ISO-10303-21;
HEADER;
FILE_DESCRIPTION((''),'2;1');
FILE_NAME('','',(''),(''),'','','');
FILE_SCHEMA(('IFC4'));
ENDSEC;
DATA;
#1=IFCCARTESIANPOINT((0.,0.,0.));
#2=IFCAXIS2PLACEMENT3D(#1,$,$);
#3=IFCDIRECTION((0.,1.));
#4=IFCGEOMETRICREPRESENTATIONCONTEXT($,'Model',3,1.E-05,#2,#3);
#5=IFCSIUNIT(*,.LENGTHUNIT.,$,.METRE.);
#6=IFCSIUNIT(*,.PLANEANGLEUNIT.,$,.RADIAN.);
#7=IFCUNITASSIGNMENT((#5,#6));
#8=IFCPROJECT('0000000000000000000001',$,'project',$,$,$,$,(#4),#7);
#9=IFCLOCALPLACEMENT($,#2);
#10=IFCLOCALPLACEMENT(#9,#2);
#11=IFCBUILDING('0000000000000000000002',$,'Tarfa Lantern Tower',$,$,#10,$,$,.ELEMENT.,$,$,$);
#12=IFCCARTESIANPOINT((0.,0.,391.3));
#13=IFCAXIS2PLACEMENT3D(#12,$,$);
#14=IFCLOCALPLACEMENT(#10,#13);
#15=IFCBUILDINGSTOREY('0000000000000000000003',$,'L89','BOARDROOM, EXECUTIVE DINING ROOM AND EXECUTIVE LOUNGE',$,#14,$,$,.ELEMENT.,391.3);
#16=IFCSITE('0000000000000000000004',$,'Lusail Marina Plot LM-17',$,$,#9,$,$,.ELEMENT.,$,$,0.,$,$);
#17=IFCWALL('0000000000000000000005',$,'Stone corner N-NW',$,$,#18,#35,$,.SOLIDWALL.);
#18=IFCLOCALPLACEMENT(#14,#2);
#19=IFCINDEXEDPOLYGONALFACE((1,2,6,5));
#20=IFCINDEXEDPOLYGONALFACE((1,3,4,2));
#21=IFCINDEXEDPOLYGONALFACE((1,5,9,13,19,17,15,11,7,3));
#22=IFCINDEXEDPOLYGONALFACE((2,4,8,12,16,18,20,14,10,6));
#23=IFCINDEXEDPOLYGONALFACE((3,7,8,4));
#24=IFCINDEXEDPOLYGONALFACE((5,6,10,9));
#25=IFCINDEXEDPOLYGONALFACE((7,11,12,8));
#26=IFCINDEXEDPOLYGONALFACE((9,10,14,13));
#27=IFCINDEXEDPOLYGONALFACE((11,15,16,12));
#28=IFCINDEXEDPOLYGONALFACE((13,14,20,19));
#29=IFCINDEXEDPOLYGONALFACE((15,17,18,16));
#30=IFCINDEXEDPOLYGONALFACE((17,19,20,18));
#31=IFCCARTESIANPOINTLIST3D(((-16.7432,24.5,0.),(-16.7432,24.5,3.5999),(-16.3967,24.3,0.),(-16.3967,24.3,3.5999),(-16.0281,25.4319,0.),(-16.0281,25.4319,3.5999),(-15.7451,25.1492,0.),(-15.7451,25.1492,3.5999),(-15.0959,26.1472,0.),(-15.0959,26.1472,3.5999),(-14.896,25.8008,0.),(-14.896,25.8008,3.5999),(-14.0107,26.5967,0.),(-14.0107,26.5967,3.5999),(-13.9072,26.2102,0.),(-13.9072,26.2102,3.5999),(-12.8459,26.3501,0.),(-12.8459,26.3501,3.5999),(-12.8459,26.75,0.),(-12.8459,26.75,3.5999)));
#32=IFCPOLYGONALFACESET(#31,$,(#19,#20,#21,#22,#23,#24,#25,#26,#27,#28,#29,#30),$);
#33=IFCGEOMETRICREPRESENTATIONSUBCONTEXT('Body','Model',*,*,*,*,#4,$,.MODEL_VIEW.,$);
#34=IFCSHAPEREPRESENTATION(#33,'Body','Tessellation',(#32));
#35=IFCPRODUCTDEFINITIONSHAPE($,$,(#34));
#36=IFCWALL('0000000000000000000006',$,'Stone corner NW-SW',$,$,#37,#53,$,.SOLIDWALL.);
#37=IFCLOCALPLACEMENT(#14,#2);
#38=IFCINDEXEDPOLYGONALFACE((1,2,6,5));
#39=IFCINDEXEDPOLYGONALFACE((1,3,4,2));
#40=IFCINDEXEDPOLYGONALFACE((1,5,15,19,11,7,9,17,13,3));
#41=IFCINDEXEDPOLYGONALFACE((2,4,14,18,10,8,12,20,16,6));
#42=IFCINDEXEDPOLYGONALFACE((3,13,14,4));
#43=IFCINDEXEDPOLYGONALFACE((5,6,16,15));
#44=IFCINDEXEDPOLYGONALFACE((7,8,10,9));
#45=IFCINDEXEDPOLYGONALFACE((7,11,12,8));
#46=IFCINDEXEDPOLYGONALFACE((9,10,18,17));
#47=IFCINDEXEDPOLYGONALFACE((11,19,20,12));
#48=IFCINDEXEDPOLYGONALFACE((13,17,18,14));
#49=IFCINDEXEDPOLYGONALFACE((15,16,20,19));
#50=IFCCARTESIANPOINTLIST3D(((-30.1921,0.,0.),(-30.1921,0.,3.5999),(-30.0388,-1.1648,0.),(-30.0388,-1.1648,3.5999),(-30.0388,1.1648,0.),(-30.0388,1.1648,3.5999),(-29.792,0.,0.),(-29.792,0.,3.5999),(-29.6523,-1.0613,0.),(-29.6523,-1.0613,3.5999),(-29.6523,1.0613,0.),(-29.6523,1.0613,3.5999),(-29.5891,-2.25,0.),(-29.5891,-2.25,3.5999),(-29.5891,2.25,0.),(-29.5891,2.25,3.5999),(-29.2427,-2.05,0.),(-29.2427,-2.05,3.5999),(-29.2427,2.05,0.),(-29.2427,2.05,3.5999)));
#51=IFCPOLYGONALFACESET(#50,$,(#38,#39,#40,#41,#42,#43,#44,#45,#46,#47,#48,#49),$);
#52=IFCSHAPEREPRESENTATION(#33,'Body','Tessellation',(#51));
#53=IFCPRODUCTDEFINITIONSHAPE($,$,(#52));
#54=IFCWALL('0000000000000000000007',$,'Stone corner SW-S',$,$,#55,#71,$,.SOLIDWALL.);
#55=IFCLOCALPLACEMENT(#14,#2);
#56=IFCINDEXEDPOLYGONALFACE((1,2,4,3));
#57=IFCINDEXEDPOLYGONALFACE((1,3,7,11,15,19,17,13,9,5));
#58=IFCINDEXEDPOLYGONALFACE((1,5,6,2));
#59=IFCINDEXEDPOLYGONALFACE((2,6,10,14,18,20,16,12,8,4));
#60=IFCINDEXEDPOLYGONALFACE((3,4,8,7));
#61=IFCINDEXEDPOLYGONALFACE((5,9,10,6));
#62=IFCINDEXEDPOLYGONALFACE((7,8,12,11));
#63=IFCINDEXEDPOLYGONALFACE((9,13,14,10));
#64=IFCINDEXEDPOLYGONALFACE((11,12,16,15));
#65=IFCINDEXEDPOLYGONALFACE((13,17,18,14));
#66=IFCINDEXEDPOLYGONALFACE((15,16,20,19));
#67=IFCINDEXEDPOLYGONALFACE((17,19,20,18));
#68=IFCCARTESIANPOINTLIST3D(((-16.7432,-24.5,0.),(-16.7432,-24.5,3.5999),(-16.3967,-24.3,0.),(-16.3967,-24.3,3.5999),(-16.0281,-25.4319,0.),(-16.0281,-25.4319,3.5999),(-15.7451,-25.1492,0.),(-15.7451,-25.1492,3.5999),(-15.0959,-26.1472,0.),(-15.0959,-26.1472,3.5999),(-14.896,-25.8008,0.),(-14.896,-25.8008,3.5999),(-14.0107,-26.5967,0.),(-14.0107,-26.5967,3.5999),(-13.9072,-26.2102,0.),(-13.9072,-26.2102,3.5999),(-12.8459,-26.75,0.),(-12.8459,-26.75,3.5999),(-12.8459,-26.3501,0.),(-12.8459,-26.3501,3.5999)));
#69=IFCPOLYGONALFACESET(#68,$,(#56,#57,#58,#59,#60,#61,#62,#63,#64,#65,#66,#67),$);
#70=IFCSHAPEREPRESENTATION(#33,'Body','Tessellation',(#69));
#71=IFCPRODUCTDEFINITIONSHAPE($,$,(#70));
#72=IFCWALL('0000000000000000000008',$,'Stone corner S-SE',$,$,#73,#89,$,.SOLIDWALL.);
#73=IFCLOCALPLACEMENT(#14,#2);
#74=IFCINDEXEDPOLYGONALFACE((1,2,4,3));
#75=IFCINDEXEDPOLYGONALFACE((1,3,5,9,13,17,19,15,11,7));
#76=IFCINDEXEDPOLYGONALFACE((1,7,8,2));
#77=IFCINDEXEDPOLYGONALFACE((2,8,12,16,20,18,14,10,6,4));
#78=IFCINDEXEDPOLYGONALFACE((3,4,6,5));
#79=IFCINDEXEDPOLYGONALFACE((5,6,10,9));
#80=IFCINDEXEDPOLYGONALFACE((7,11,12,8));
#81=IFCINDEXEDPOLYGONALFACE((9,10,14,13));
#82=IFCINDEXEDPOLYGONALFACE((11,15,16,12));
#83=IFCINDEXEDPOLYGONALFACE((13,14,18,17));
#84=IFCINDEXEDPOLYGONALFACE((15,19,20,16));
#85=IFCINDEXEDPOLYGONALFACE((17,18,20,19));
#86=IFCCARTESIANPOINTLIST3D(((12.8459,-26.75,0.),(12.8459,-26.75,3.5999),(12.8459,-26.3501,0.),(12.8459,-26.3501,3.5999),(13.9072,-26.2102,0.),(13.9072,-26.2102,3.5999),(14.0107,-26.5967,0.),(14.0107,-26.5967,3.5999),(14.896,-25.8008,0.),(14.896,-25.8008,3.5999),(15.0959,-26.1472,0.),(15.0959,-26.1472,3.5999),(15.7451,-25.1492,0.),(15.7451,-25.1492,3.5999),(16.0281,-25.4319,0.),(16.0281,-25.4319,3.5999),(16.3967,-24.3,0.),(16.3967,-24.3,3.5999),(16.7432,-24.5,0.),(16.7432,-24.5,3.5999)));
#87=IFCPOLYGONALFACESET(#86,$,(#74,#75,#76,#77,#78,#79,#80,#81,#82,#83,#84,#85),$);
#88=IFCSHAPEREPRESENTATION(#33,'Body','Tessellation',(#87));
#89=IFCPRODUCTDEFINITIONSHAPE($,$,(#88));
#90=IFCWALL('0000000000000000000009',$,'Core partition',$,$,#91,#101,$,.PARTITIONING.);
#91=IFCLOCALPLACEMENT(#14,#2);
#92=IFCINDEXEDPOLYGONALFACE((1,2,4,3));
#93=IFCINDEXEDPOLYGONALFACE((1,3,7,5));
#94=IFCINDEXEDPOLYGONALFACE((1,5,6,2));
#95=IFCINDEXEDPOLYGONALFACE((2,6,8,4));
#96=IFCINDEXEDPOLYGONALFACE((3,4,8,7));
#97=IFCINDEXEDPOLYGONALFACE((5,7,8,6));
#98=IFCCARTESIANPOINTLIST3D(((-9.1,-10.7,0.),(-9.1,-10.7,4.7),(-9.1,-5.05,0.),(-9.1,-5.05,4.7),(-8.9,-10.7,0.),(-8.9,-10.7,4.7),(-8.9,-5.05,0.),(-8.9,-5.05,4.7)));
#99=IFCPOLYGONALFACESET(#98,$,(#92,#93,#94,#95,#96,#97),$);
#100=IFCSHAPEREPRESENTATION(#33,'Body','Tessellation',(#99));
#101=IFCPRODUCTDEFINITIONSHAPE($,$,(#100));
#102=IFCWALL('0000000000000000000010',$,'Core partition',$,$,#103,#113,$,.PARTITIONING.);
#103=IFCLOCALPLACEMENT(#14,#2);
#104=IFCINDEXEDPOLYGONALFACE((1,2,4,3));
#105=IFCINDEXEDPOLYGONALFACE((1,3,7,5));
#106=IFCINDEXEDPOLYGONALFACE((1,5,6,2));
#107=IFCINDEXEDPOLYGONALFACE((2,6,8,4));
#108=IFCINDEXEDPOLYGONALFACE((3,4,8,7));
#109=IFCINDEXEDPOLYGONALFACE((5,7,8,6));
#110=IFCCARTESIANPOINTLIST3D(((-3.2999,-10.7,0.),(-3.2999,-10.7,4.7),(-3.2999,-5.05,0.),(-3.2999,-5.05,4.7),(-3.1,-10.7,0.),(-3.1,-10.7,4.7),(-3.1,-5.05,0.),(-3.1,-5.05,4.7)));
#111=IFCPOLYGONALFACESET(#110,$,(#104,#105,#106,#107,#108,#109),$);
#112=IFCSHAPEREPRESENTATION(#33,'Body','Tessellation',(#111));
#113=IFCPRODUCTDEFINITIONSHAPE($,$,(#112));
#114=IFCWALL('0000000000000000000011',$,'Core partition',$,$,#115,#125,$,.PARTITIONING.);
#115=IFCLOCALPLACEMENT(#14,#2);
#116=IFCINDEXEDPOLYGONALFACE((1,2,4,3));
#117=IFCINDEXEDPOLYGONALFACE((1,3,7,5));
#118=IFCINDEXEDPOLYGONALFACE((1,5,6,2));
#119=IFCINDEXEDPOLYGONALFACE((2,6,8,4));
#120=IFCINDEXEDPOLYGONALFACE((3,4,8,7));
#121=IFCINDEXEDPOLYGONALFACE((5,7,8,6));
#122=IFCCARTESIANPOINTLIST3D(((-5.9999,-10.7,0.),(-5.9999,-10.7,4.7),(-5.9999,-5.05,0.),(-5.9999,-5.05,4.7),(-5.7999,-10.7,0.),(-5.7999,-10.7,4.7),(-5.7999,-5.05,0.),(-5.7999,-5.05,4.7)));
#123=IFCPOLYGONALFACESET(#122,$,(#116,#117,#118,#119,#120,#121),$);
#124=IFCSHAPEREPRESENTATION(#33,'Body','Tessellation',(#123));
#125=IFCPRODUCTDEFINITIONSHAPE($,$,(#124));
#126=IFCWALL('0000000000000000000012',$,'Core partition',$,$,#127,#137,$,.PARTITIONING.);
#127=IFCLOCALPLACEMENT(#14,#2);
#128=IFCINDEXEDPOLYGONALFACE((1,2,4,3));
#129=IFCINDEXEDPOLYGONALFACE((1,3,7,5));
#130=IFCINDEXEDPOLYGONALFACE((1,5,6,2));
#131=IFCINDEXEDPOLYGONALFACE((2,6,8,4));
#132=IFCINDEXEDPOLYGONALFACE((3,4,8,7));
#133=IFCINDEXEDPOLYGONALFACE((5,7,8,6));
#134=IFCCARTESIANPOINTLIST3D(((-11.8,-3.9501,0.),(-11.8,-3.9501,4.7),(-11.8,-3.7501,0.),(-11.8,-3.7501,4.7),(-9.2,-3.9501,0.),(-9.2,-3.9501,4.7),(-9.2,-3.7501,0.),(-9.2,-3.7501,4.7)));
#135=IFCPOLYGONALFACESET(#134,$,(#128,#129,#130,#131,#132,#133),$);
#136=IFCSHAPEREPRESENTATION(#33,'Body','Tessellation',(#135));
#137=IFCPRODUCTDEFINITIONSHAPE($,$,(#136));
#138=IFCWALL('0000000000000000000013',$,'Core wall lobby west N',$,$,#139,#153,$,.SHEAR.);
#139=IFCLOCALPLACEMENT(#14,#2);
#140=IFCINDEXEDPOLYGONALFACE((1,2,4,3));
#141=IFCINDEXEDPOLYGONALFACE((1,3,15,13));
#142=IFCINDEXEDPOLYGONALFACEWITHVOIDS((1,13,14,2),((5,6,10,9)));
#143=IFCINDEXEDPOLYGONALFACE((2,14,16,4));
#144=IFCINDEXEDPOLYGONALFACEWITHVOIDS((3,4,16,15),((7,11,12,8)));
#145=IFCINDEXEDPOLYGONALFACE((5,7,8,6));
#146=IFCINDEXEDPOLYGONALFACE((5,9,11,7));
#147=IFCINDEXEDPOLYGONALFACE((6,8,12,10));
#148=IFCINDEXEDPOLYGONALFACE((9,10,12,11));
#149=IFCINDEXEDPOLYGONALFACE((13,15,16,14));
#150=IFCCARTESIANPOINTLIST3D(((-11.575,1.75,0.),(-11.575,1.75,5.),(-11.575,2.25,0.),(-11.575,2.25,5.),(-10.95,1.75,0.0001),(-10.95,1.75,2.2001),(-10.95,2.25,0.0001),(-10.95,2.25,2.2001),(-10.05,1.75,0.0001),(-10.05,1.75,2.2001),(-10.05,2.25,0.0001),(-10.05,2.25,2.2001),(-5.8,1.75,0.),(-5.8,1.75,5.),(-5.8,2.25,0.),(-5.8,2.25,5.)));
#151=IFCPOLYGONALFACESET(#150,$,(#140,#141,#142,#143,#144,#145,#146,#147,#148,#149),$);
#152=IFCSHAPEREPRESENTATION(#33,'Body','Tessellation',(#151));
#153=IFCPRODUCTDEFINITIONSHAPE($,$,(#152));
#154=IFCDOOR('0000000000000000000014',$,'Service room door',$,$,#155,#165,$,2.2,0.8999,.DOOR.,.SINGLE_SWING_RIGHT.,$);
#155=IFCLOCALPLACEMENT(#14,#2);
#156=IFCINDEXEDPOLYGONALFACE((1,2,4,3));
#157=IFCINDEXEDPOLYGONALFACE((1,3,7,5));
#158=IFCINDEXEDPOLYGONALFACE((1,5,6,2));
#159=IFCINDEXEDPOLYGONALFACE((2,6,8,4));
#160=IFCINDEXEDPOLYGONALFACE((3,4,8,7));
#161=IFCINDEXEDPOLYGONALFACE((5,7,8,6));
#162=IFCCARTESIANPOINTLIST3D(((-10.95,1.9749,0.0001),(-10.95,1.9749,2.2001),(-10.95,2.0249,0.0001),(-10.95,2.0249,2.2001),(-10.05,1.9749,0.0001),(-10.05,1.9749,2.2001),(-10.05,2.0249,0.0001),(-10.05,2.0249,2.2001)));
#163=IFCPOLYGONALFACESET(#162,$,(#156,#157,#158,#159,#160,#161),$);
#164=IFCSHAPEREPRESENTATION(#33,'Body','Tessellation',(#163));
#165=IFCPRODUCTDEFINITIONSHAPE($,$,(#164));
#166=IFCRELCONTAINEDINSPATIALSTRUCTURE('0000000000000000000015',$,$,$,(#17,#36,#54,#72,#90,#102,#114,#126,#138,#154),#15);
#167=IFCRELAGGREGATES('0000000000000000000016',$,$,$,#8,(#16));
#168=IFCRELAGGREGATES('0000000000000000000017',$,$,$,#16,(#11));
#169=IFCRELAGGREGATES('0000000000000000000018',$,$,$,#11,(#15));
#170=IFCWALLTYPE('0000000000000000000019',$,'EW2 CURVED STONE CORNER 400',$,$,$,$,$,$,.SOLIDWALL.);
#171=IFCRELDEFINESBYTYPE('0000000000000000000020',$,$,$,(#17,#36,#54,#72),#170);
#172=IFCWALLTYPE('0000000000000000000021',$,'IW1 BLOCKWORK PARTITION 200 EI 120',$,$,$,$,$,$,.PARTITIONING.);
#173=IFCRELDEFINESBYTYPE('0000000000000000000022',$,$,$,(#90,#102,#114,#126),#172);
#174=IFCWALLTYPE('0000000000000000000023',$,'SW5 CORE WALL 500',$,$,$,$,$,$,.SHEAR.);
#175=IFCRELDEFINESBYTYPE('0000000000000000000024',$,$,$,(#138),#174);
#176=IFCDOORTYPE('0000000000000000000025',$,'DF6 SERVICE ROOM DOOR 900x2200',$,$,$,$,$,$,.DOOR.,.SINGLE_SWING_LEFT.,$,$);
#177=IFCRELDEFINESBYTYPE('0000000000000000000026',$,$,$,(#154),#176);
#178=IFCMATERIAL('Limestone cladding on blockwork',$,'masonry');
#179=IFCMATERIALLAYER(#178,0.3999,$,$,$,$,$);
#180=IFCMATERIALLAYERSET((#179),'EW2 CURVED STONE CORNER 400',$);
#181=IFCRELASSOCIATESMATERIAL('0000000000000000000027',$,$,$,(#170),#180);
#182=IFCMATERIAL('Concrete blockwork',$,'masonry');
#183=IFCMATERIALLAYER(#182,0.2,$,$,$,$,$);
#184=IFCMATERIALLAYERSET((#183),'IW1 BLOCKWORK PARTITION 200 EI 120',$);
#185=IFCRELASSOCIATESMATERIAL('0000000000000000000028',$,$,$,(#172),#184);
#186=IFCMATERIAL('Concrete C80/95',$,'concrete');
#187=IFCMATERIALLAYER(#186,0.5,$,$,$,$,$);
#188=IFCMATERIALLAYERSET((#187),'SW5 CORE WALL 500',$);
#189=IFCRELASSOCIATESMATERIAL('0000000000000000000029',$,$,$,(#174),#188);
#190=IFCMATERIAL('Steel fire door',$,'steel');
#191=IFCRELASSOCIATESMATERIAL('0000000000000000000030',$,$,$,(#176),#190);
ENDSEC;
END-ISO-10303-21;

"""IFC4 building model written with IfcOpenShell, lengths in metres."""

from ifc_helpers import new_model, si_unit, direction, frame, frame_2d, origin, place, context, subcontext, project, spatial, polyline, rectangle, outline, extrude, material, layer, layer_set, type_object, element, fill, save


model = new_model("IFC4")

# Units and contexts
model_context = context("Model", 3, precision=1e-05, world=origin(), true_north=direction((0.0, 1.0)))
body_context = subcontext(model_context, "Body", "Model", "MODEL_VIEW")
ifc_project = project(units=[si_unit("LENGTHUNIT", "METRE"), si_unit("PLANEANGLEUNIT", "RADIAN")], contexts=[model_context])

# Site, building, storey
site_placement = place(None, origin())
site = spatial("IfcSite", under=ifc_project, at=site_placement, Name="Lusail Marina Plot LM-17", CompositionType="ELEMENT", RefElevation=0.0)
building_placement = place(site_placement, origin())
building = spatial("IfcBuilding", under=site, at=building_placement, Name="Tarfa Lantern Tower", CompositionType="ELEMENT")
storey_placement = place(building_placement, frame((0.0, 0.0, 391.3)))
storey = spatial("IfcBuildingStorey", under=building, at=storey_placement, Name="L89", Description="BOARDROOM, EXECUTIVE DINING ROOM AND EXECUTIVE LOUNGE", CompositionType="ELEMENT", Elevation=391.3)

# Walls
ifc_material_1 = material(Name="Limestone cladding on blockwork", Category="masonry")
ifc_layer_1 = layer(ifc_material_1, 0.3999)
ifc_layer_set_1 = layer_set([ifc_layer_1], Name="EW2 CURVED STONE CORNER 400")
wall_type_1 = type_object("IfcWallType", Name="EW2 CURVED STONE CORNER 400", PredefinedType="SOLIDWALL", material=ifc_layer_set_1)
wall_1_placement = place(storey_placement, origin())
element("IfcWall", 1, at=wall_1_placement, inside=storey, type_object=wall_type_1, Name="Stone corner N-NW", PredefinedType="SOLIDWALL", context=body_context, shape_type="SweptSolid", body=[
    extrude(outline(polyline([(-12.8459, 26.75), (-14.0107, 26.5967), (-15.0959, 26.1472), (-16.0281, 25.4319), (-16.7432, 24.5), (-16.3967, 24.3), (-15.7451, 25.1492), (-14.896, 25.8008), (-13.9072, 26.2102), (-12.8459, 26.3501), (-12.8459, 26.75)])), origin(), (0.0, 0.0, 1.0), 3.5999),
])
wall_2_placement = place(storey_placement, origin())
element("IfcWall", 2, at=wall_2_placement, inside=storey, type_object=wall_type_1, Name="Stone corner NW-SW", PredefinedType="SOLIDWALL", context=body_context, shape_type="SweptSolid", body=[
    extrude(outline(polyline([(-29.5891, 2.25), (-30.0388, 1.1648), (-30.1921, 0.0), (-30.0388, -1.1648), (-29.5891, -2.25), (-29.2427, -2.05), (-29.6523, -1.0613), (-29.792, 0.0), (-29.6523, 1.0613), (-29.2427, 2.05), (-29.5891, 2.25)])), origin(), (0.0, 0.0, 1.0), 3.5999),
])
wall_3_placement = place(storey_placement, origin())
element("IfcWall", 3, at=wall_3_placement, inside=storey, type_object=wall_type_1, Name="Stone corner SW-S", PredefinedType="SOLIDWALL", context=body_context, shape_type="SweptSolid", body=[
    extrude(outline(polyline([(-16.7432, -24.5), (-16.0281, -25.4319), (-15.0959, -26.1472), (-14.0107, -26.5967), (-12.8459, -26.75), (-12.8459, -26.3501), (-13.9072, -26.2102), (-14.896, -25.8008), (-15.7451, -25.1492), (-16.3967, -24.3), (-16.7432, -24.5)])), origin(), (0.0, 0.0, 1.0), 3.5999),
])
wall_4_placement = place(storey_placement, origin())
element("IfcWall", 4, at=wall_4_placement, inside=storey, type_object=wall_type_1, Name="Stone corner S-SE", PredefinedType="SOLIDWALL", context=body_context, shape_type="SweptSolid", body=[
    extrude(outline(polyline([(12.8459, -26.75), (14.0107, -26.5967), (15.0959, -26.1472), (16.0281, -25.4319), (16.7432, -24.5), (16.3967, -24.3), (15.7451, -25.1492), (14.896, -25.8008), (13.9072, -26.2102), (12.8459, -26.3501), (12.8459, -26.75)])), origin(), (0.0, 0.0, 1.0), 3.5999),
])
ifc_material_2 = material(Name="Concrete blockwork", Category="masonry")
ifc_layer_2 = layer(ifc_material_2, 0.2)
ifc_layer_set_2 = layer_set([ifc_layer_2], Name="IW1 BLOCKWORK PARTITION 200 EI 120")
wall_type_2 = type_object("IfcWallType", Name="IW1 BLOCKWORK PARTITION 200 EI 120", PredefinedType="PARTITIONING", material=ifc_layer_set_2)
for number, where, z_axis, x_axis, name in (
    (5, (-9.0, -5.05, 0.0), (0.0, 0.0, 1.0), (0.0, -1.0, 0.0), "Core partition"),
    (6, (-3.2, -5.05, 0.0), (0.0, 0.0, 1.0), (0.0, -1.0, 0.0), "Core partition"),
    (7, (-5.8999, -5.05, 0.0), (0.0, 0.0, 1.0), (0.0, -1.0, 0.0), "Core partition"),
):
    element("IfcWall", number, at=place(storey_placement, frame(where, z_axis=z_axis, x_axis=x_axis)), inside=storey, type_object=wall_type_2, Name=name, PredefinedType="PARTITIONING", context=body_context, shape_type="SweptSolid", body=[
        extrude(rectangle(XDim=5.6499, YDim=0.2, at=frame_2d((2.825, 0.0))), origin(), (0.0, 0.0, 1.0), 4.7),
    ])
wall_5_placement = place(storey_placement, frame((-9.2, -3.8501, 0.0), z_axis=(0.0, 0.0, 1.0), x_axis=(-1.0, 0.0, 0.0)))
element("IfcWall", 8, at=wall_5_placement, inside=storey, type_object=wall_type_2, Name="Core partition", PredefinedType="PARTITIONING", context=body_context, shape_type="SweptSolid", body=[
    extrude(rectangle(XDim=2.6001, YDim=0.2, at=frame_2d((1.3, 0.0))), origin(), (0.0, 0.0, 1.0), 4.7),
])

# Wall, opening, door
ifc_material_3 = material(Name="Concrete C80/95", Category="concrete")
ifc_layer_3 = layer(ifc_material_3, 0.5)
ifc_layer_set_3 = layer_set([ifc_layer_3], Name="SW5 CORE WALL 500")
wall_type_3 = type_object("IfcWallType", Name="SW5 CORE WALL 500", PredefinedType="SHEAR", material=ifc_layer_set_3)
wall_6_placement = place(storey_placement, frame((-11.575, 2.0, 0.0), z_axis=(0.0, 0.0, 1.0), x_axis=(1.0, 0.0, 0.0)))
wall_6 = element("IfcWall", 9, at=wall_6_placement, inside=storey, type_object=wall_type_3, Name="Core wall lobby west N", PredefinedType="SHEAR", context=body_context, shape_type="SweptSolid", body=[
    extrude(rectangle(XDim=5.7749, YDim=0.5, at=frame_2d((2.8875, 0.0))), origin(), (0.0, 0.0, 1.0), 5.0),
])
opening_1_placement = place(wall_6_placement, frame((0.625, 0.0, 0.0)))
opening_1 = element("IfcOpeningElement", 10, at=opening_1_placement, cuts=wall_6, PredefinedType="OPENING", context=body_context, shape_type="SweptSolid", body=[
    extrude(rectangle(XDim=0.8999, YDim=2.2, at=frame_2d((0.45, 1.1001))), frame((0.0, 0.26, 0.0), z_axis=(0.0, -1.0, 0.0), x_axis=(1.0, 0.0, 0.0)), (0.0, 0.0, 1.0), 0.52),
])
ifc_material_4 = material(Name="Steel fire door", Category="steel")
door_type_1 = type_object("IfcDoorType", Name="DF6 SERVICE ROOM DOOR 900x2200", OperationType="SINGLE_SWING_LEFT", PredefinedType="DOOR", material=ifc_material_4)
door_1_placement = place(opening_1_placement, origin())
door_1 = element("IfcDoor", 11, at=door_1_placement, inside=storey, type_object=door_type_1, Name="Service room door", OperationType="SINGLE_SWING_RIGHT", OverallHeight=2.2, OverallWidth=0.8999, PredefinedType="DOOR", context=body_context, shape_type="SweptSolid", body=[
    extrude(rectangle(XDim=0.8999, YDim=2.2, at=frame_2d((0.45, 1.1001))), frame((0.0, 0.0249, 0.0), z_axis=(0.0, -1.0, 0.0), x_axis=(1.0, 0.0, 0.0)), (0.0, 0.0, 1.0), 0.05),
])
fill(opening_1, door_1)

save(model, "model.ifc")
